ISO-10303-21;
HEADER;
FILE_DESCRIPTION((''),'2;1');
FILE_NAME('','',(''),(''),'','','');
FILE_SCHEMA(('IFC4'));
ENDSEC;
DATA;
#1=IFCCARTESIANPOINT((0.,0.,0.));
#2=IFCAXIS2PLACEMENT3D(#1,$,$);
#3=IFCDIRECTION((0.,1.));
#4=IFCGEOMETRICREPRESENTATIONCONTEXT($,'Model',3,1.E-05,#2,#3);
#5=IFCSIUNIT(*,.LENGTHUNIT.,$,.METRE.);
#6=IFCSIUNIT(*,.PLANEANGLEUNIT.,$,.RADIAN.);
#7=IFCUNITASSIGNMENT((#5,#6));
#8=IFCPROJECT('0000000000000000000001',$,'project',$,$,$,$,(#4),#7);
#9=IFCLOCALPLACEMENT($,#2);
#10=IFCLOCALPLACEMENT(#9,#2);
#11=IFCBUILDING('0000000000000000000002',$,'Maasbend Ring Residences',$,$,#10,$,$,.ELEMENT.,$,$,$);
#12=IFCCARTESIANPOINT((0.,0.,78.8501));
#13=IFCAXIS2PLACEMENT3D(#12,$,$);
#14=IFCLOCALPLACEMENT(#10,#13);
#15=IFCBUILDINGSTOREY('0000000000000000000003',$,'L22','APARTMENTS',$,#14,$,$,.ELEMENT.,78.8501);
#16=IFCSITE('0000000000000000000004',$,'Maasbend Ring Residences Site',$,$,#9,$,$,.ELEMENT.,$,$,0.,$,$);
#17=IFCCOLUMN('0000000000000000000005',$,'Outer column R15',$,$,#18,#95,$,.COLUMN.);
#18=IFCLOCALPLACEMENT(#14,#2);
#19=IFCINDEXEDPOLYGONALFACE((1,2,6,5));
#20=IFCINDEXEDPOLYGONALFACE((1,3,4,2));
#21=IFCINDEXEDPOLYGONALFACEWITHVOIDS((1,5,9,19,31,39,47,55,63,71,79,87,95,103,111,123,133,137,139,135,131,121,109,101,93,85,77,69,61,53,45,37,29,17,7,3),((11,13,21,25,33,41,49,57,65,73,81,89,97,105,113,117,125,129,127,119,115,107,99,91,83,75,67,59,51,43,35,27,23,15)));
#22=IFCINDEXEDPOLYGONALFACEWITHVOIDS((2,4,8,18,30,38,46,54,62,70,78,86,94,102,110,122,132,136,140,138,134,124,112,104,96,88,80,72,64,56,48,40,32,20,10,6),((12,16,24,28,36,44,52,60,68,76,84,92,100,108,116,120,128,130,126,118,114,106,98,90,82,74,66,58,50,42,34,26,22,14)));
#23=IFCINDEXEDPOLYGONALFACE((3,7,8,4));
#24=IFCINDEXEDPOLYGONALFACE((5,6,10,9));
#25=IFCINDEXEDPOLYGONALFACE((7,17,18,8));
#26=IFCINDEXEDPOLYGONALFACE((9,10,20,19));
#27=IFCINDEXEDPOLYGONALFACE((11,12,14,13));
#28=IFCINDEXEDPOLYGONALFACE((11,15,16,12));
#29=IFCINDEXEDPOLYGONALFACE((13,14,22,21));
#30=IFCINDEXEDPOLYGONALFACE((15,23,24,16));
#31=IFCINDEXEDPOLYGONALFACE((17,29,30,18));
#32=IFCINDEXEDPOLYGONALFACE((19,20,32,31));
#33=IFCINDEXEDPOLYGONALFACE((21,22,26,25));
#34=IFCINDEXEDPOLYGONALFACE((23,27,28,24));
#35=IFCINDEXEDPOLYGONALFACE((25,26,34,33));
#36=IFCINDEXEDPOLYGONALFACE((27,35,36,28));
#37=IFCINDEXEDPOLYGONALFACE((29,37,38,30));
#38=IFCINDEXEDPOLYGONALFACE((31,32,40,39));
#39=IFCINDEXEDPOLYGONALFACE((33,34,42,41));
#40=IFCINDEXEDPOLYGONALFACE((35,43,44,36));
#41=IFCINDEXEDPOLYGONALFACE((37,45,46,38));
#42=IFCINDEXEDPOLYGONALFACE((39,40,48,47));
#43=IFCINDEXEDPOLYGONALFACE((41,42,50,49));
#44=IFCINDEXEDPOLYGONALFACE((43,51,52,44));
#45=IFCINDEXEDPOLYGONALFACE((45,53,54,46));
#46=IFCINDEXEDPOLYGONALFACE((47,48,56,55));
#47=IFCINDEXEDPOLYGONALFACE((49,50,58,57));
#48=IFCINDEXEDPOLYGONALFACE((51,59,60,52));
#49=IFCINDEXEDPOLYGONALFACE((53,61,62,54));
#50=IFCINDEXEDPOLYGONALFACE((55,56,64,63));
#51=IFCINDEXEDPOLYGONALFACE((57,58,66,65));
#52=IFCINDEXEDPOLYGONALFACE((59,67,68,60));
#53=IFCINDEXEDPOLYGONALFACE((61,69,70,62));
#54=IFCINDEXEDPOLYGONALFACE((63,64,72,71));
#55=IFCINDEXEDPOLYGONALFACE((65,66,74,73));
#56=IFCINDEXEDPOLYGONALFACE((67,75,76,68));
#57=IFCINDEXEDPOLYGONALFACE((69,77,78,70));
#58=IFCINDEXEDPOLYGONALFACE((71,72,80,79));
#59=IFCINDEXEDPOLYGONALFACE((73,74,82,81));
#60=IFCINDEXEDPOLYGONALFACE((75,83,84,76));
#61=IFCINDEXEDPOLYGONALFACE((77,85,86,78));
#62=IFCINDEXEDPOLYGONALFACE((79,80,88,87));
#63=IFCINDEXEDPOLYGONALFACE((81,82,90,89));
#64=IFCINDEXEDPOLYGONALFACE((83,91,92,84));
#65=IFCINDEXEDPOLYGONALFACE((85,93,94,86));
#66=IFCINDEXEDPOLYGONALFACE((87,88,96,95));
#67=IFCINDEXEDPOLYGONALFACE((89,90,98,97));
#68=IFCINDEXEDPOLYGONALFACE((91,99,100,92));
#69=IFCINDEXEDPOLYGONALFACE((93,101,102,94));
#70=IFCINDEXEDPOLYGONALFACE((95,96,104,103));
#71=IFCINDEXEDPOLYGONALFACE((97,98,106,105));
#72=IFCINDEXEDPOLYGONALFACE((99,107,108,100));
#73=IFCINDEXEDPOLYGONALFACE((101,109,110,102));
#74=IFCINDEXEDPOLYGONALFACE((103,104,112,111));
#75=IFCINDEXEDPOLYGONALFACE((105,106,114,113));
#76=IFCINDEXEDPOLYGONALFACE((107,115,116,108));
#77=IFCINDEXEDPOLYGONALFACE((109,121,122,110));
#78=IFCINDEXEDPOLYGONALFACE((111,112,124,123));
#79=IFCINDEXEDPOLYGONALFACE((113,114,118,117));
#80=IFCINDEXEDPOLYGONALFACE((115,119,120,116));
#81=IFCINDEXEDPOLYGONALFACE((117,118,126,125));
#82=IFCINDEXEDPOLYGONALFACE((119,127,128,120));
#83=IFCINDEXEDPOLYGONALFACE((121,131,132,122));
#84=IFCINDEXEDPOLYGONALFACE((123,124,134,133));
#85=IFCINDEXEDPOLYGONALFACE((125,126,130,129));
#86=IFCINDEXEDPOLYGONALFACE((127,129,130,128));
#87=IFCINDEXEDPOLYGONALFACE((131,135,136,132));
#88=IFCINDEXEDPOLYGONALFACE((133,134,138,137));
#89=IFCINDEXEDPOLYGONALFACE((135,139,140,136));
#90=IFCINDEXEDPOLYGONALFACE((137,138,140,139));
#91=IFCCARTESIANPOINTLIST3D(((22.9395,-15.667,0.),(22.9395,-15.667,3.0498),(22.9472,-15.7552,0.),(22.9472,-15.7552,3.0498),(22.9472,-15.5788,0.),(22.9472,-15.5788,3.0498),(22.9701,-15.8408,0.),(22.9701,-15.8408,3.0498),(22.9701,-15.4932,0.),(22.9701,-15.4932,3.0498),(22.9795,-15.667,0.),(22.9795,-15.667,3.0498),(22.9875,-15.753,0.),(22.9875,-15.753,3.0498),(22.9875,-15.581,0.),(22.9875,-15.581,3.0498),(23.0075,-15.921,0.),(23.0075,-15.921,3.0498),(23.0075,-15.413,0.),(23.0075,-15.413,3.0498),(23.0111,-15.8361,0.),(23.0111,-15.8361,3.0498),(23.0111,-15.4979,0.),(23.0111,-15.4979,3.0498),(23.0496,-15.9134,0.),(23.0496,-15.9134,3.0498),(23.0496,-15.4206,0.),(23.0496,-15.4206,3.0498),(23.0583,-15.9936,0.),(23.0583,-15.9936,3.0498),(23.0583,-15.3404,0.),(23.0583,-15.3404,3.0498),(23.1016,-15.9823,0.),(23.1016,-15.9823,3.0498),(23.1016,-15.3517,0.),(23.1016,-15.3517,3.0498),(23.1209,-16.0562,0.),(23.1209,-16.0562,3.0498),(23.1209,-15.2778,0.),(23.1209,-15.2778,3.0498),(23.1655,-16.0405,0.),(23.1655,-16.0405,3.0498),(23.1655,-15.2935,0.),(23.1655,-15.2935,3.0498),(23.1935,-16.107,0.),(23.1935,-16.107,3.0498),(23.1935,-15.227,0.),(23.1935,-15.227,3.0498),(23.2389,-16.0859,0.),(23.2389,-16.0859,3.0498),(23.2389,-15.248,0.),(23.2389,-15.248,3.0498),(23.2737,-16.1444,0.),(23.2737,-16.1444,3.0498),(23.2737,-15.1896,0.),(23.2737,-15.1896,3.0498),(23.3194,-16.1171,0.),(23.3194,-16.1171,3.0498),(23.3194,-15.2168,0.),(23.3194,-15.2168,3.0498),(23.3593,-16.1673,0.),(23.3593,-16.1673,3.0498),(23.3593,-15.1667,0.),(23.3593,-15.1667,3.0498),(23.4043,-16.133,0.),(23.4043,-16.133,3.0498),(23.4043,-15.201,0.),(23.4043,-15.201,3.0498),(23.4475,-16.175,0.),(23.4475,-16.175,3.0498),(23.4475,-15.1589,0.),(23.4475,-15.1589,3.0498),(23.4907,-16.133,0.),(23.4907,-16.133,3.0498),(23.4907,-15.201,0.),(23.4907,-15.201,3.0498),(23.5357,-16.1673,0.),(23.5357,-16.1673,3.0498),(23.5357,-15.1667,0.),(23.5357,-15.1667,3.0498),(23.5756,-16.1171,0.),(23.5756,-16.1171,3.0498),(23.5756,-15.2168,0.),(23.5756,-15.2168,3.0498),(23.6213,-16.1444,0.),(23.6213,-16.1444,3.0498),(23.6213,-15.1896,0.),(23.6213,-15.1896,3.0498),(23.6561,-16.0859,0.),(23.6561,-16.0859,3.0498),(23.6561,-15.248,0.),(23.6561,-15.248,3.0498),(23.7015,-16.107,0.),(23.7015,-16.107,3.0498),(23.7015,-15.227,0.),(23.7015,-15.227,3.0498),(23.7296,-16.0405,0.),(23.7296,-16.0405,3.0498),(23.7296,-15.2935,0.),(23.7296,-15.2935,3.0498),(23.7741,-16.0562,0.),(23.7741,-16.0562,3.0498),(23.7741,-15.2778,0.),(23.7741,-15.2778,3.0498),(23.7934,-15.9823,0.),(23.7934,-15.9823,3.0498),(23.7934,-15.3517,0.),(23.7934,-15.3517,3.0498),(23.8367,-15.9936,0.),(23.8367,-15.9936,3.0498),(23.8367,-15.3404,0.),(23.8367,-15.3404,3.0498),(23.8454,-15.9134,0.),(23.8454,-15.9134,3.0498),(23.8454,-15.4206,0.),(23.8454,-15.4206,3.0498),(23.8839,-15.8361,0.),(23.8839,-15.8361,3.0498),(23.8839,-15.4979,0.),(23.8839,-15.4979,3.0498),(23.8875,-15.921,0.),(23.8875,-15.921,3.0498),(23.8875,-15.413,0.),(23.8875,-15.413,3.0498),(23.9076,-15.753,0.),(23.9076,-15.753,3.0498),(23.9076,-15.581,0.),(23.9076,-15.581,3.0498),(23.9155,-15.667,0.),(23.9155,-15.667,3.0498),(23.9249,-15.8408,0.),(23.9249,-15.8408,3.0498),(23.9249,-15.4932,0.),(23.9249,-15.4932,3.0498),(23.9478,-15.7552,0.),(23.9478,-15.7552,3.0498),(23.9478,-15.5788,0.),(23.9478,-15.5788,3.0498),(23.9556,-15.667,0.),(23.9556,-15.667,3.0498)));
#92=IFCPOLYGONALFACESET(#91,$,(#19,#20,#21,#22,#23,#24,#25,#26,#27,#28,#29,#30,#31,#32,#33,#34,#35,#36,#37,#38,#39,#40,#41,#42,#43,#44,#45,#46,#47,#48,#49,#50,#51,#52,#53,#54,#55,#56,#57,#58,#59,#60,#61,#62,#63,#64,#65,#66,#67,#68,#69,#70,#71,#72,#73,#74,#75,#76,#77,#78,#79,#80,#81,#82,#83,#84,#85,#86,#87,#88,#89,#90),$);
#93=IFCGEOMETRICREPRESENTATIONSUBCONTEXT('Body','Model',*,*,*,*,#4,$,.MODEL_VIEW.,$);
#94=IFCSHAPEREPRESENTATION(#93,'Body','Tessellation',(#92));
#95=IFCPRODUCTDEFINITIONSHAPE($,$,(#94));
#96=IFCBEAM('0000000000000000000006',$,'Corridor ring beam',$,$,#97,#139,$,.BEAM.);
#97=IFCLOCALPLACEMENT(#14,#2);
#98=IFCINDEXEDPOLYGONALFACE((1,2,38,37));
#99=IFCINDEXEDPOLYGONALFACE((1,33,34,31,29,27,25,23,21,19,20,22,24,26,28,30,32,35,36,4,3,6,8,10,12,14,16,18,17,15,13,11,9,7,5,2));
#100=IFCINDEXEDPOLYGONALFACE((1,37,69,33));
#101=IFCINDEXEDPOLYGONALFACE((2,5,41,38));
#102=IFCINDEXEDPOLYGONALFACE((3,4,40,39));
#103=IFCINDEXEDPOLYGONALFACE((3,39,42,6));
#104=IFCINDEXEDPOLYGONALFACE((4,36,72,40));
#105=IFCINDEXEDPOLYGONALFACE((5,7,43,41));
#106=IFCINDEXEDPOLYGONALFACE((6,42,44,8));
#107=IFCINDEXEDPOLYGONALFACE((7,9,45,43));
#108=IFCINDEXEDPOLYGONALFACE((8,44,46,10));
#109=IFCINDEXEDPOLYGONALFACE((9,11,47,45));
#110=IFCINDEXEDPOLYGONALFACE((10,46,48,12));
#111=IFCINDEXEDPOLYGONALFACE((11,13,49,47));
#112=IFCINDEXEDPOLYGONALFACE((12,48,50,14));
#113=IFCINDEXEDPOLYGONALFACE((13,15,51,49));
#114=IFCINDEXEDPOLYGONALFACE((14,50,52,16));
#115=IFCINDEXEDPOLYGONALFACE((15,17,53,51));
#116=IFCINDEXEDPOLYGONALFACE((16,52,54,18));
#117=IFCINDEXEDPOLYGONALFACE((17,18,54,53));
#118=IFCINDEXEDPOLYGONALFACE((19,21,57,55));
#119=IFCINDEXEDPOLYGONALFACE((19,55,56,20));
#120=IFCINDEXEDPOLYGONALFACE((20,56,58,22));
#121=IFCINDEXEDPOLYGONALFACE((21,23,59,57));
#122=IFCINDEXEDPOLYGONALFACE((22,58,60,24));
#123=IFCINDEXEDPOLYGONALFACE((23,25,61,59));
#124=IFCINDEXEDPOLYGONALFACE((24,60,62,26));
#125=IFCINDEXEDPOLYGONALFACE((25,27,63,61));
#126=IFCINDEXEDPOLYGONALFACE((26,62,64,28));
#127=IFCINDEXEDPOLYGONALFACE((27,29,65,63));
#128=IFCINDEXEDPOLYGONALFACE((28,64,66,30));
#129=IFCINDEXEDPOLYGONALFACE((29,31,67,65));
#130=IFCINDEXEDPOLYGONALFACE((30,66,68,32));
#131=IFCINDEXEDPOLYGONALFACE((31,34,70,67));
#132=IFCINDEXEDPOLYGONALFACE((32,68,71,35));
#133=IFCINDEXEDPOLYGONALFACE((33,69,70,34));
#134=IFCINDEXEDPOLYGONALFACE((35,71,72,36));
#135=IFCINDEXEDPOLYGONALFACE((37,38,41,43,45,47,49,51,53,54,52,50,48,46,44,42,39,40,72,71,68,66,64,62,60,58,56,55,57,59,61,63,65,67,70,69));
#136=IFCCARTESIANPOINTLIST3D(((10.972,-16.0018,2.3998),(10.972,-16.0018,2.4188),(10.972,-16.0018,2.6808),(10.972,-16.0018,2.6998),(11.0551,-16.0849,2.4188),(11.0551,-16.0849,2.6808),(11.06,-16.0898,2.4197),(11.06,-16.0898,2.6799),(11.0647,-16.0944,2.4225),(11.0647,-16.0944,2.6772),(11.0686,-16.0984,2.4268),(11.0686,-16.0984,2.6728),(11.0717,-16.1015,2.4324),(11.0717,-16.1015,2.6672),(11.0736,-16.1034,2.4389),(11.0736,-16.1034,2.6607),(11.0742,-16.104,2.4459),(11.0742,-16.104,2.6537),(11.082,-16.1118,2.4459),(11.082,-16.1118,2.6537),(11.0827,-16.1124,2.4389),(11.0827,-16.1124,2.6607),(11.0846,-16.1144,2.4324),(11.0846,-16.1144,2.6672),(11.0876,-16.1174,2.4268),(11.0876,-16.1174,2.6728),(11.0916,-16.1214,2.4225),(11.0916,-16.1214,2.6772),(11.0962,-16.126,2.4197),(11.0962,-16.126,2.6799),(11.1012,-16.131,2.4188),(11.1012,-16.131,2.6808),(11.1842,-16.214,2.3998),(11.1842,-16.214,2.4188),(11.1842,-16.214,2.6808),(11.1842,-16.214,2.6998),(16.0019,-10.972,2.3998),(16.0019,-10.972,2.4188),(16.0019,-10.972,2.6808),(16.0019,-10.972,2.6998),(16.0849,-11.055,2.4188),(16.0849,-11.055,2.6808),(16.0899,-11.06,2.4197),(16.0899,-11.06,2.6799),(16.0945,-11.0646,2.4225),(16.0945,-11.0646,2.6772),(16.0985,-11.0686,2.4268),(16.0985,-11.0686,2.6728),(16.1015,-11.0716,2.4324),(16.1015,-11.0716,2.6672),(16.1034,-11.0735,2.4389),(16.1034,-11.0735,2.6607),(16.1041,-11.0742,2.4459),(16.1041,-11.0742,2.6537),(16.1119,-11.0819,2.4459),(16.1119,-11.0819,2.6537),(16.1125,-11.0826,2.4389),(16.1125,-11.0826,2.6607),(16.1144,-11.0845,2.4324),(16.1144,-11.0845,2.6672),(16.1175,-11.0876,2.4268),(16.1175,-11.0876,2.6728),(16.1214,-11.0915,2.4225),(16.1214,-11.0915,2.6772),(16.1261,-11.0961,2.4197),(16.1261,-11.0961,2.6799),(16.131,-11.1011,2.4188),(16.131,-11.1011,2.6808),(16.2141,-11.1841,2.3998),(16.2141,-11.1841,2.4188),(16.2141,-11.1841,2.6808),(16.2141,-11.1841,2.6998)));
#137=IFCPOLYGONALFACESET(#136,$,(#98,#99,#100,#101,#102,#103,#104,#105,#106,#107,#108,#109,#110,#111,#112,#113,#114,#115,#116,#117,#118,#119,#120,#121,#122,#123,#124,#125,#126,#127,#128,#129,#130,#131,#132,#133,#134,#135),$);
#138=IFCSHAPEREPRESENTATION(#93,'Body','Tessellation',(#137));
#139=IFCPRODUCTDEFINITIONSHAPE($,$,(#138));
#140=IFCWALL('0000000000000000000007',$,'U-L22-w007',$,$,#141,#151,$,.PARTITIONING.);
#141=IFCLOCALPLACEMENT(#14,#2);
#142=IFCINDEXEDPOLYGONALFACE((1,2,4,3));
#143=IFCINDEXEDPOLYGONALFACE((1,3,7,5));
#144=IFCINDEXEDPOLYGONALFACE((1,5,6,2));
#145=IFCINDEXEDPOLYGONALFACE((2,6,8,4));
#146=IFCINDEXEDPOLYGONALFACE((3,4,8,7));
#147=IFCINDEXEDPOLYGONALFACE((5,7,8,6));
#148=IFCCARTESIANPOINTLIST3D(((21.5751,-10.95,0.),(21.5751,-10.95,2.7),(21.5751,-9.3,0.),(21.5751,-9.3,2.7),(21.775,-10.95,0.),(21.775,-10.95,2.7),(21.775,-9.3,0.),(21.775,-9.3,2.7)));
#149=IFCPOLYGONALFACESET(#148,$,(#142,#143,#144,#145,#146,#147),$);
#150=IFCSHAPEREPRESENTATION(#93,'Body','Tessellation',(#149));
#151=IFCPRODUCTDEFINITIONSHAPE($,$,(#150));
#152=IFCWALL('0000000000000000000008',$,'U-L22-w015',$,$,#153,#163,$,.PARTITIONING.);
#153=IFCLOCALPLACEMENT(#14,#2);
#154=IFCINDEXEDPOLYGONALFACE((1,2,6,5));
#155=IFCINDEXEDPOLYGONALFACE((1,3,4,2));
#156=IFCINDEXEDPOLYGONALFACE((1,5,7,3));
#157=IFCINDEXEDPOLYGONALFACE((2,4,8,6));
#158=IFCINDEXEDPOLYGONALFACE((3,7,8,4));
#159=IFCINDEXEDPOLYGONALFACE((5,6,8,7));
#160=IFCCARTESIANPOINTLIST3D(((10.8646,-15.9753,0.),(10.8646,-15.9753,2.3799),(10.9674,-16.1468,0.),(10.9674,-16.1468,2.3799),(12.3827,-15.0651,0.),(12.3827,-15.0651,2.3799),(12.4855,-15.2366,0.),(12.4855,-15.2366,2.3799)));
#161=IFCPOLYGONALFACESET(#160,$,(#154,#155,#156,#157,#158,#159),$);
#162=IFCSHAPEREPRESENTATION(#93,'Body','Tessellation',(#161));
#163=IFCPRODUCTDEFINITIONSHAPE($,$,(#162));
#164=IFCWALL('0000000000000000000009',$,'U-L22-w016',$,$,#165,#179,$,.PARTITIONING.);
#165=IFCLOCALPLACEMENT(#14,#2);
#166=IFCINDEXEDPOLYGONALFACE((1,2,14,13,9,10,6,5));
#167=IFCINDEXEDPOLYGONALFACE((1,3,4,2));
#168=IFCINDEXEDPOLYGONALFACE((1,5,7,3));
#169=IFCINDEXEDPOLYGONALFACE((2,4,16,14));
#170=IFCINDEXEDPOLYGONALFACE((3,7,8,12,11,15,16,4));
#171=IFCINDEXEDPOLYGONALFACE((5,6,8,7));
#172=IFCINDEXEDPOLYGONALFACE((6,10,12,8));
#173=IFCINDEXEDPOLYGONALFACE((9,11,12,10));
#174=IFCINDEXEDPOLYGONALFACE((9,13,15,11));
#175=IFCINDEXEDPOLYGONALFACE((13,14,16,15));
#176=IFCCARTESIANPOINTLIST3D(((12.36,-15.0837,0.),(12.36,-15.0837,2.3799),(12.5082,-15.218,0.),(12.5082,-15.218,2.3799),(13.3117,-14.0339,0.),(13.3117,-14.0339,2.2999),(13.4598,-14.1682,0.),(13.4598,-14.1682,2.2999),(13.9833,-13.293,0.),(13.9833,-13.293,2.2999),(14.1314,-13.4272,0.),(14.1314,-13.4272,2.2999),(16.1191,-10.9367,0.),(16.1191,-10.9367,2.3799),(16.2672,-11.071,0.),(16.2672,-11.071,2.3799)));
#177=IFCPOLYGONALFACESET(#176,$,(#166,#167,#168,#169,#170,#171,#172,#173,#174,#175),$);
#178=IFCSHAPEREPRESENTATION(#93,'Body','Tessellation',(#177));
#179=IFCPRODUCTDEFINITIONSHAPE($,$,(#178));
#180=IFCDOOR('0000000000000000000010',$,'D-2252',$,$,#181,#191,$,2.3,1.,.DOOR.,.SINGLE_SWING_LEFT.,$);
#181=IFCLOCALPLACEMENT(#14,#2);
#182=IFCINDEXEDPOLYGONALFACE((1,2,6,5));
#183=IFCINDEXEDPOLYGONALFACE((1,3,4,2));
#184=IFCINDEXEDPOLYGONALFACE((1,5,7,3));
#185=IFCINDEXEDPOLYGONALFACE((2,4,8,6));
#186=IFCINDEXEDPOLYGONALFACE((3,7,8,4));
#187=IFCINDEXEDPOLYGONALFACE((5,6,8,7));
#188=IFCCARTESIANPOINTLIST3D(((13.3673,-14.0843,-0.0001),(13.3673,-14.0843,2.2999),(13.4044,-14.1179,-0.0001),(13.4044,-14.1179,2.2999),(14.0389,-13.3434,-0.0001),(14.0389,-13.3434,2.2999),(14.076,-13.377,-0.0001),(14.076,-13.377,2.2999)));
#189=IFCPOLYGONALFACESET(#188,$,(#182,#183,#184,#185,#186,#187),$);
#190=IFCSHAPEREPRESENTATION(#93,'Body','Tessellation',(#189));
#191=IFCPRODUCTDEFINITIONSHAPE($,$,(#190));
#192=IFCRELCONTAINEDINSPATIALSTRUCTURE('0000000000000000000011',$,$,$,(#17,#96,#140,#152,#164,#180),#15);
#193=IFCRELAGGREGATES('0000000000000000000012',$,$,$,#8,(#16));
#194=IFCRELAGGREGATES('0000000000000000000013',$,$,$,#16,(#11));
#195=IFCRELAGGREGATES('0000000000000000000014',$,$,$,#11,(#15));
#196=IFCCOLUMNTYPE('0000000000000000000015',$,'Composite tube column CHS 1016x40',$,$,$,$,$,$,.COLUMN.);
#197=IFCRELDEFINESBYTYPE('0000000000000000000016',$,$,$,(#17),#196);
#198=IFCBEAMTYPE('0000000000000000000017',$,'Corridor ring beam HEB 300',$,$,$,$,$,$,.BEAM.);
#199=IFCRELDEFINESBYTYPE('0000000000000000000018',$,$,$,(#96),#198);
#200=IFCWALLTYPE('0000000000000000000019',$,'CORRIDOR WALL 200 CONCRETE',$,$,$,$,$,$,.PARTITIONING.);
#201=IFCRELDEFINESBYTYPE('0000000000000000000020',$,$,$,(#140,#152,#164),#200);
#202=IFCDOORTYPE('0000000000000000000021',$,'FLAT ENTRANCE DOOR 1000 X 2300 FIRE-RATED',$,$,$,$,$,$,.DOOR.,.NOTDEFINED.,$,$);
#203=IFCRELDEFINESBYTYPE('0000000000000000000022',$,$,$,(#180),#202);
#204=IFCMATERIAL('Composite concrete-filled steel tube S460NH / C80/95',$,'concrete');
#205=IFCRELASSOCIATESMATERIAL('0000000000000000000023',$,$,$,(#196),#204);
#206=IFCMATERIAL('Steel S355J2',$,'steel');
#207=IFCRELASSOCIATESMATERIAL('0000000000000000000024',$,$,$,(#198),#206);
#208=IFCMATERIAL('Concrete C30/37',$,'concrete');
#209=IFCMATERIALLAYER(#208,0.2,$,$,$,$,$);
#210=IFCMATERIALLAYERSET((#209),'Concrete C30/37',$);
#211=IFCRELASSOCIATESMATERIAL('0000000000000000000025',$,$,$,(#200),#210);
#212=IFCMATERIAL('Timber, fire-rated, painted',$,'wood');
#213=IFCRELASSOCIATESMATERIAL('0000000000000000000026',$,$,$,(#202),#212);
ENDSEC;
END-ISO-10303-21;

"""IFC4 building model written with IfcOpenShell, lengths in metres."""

from ifc_helpers import new_model, si_unit, direction, frame, frame_2d, origin, origin_2d, place, context, subcontext, project, spatial, rectangle, hollow_circle, i_section, extrude, material, layer, layer_set, material_profile, profile_set, type_object, element, fill, save


model = new_model("IFC4")

# Units and contexts
model_context = context("Model", 3, precision=1e-05, world=origin(), true_north=direction((0.0, 1.0)))
body_context = subcontext(model_context, "Body", "Model", "MODEL_VIEW")
ifc_project = project(units=[si_unit("LENGTHUNIT", "METRE"), si_unit("PLANEANGLEUNIT", "RADIAN")], contexts=[model_context])

# Site, building, storey
site_placement = place(None, origin())
site = spatial("IfcSite", under=ifc_project, at=site_placement, Name="Maasbend Ring Residences Site", CompositionType="ELEMENT", RefElevation=0.0)
building_placement = place(site_placement, origin())
building = spatial("IfcBuilding", under=site, at=building_placement, Name="Maasbend Ring Residences", CompositionType="ELEMENT")
storey_placement = place(building_placement, frame((0.0, 0.0, 78.8501)))
storey = spatial("IfcBuildingStorey", under=building, at=storey_placement, Name="L22", Description="APARTMENTS", CompositionType="ELEMENT", Elevation=78.8501)

# Column
ifc_material_1 = material(Name="Composite concrete-filled steel tube S460NH / C80/95", Category="concrete")
ifc_material_profile_1 = material_profile(ifc_material_1, hollow_circle(Radius=0.5081, WallThickness=0.04, at=origin_2d()), Name="Composite tube column CHS 1016x40")
ifc_profile_set_1 = profile_set([ifc_material_profile_1], Name="Composite concrete-filled steel tube S460NH / C80/95")
column_type = type_object("IfcColumnType", Name="Composite tube column CHS 1016x40", PredefinedType="COLUMN", material=ifc_profile_set_1)
column_placement = place(storey_placement, frame((23.4475, -15.667, 0.0), z_axis=(0.0, 0.0, 1.0), x_axis=(1.0, 0.0, 0.0)))
element("IfcColumn", 1, at=column_placement, inside=storey, type_object=column_type, Name="Outer column R15", PredefinedType="COLUMN", context=body_context, shape_type="SweptSolid", body=[
    extrude(hollow_circle(Radius=0.5081, WallThickness=0.04, at=origin_2d()), origin(), (0.0, 0.0, 1.0), 3.0498),
])

# Beam
ifc_material_2 = material(Name="Steel S355J2", Category="steel")
ifc_material_profile_2 = material_profile(ifc_material_2, i_section(OverallWidth=0.3, OverallDepth=0.3, WebThickness=0.011, FlangeThickness=0.019, FilletRadius=0.0271, at=origin_2d()), Name="HEB 300")
ifc_profile_set_2 = profile_set([ifc_material_profile_2], Name="Steel S355J2")
beam_type = type_object("IfcBeamType", Name="Corridor ring beam HEB 300", PredefinedType="BEAM", material=ifc_profile_set_2)
beam_placement = place(storey_placement, frame((11.0781, -16.1079, 2.5498), z_axis=(0.707107, 0.707107, 0.0), x_axis=(-0.707107, 0.707107, 0.0)))
element("IfcBeam", 2, at=beam_placement, inside=storey, type_object=beam_type, Name="Corridor ring beam", PredefinedType="BEAM", context=body_context, shape_type="SweptSolid", body=[
    extrude(i_section(OverallWidth=0.3, OverallDepth=0.3, WebThickness=0.011, FlangeThickness=0.019, FilletRadius=0.0271, at=origin_2d()), origin(), (0.0, 0.0, 1.0), 7.1133),
])

# Walls
ifc_material_3 = material(Name="Concrete C30/37", Category="concrete")
ifc_layer_1 = layer(ifc_material_3, 0.2)
ifc_layer_set_1 = layer_set([ifc_layer_1], Name="Concrete C30/37")
wall_type_1 = type_object("IfcWallType", Name="CORRIDOR WALL 200 CONCRETE", PredefinedType="PARTITIONING", material=ifc_layer_set_1)
wall_1_placement = place(storey_placement, frame((21.675, -10.95, 0.0), z_axis=(0.0, 0.0, 1.0), x_axis=(0.0, 1.0, 0.0)))
element("IfcWall", 3, at=wall_1_placement, inside=storey, type_object=wall_type_1, Name="U-L22-w007", PredefinedType="PARTITIONING", context=body_context, shape_type="SweptSolid", body=[
    extrude(rectangle(XDim=1.6499, YDim=0.2, at=frame_2d((0.825, 0.0))), origin(), (0.0, 0.0, 1.0), 2.7),
])
wall_2_placement = place(storey_placement, frame((10.916, -16.061, 0.0), z_axis=(0.0, 0.0, 1.0), x_axis=(0.857663, 0.514212, 0.0)))
element("IfcWall", 4, at=wall_2_placement, inside=storey, type_object=wall_type_1, Name="U-L22-w015", PredefinedType="PARTITIONING", context=body_context, shape_type="SweptSolid", body=[
    extrude(rectangle(XDim=1.77, YDim=0.2, at=frame_2d((0.885, 0.0))), origin(), (0.0, 0.0, 1.0), 2.3799),
])

# Wall, opening, door
wall_3_placement = place(storey_placement, frame((12.4341, -15.1509, 0.0), z_axis=(0.0, 0.0, 1.0), x_axis=(0.671602, 0.740912, 0.0)))
wall_3 = element("IfcWall", 5, at=wall_3_placement, inside=storey, type_object=wall_type_1, Name="U-L22-w016", PredefinedType="PARTITIONING", context=body_context, shape_type="SweptSolid", body=[
    extrude(rectangle(XDim=5.5972, YDim=0.2, at=frame_2d((2.7986, 0.0))), origin(), (0.0, 0.0, 1.0), 2.3799),
])
opening_1_placement = place(wall_3_placement, frame((1.417, 0.0, 0.0)))
opening_1 = element("IfcOpeningElement", 6, at=opening_1_placement, cuts=wall_3, PredefinedType="OPENING", context=body_context, shape_type="SweptSolid", body=[
    extrude(rectangle(XDim=1.0, YDim=2.3, at=frame_2d((0.5, 1.1499))), frame((0.0, 0.1099, 0.0), z_axis=(0.0, -1.0, 0.0), x_axis=(1.0, 0.0, 0.0)), (0.0, 0.0, 1.0), 0.22),
])
ifc_material_4 = material(Name="Timber, fire-rated, painted", Category="wood")
door_type_1 = type_object("IfcDoorType", Name="FLAT ENTRANCE DOOR 1000 X 2300 FIRE-RATED", OperationType="NOTDEFINED", PredefinedType="DOOR", material=ifc_material_4)
door_1_placement = place(opening_1_placement, origin())
door_1 = element("IfcDoor", 7, at=door_1_placement, inside=storey, type_object=door_type_1, Name="D-2252", OperationType="SINGLE_SWING_LEFT", OverallHeight=2.3, OverallWidth=1.0, PredefinedType="DOOR", context=body_context, shape_type="SweptSolid", body=[
    extrude(rectangle(XDim=1.0, YDim=2.3, at=frame_2d((0.5, 1.1499))), frame((0.0, 0.0249, 0.0), z_axis=(0.0, -1.0, 0.0), x_axis=(1.0, 0.0, 0.0)), (0.0, 0.0, 1.0), 0.05),
])
fill(opening_1, door_1)

save(model, "model.ifc")
